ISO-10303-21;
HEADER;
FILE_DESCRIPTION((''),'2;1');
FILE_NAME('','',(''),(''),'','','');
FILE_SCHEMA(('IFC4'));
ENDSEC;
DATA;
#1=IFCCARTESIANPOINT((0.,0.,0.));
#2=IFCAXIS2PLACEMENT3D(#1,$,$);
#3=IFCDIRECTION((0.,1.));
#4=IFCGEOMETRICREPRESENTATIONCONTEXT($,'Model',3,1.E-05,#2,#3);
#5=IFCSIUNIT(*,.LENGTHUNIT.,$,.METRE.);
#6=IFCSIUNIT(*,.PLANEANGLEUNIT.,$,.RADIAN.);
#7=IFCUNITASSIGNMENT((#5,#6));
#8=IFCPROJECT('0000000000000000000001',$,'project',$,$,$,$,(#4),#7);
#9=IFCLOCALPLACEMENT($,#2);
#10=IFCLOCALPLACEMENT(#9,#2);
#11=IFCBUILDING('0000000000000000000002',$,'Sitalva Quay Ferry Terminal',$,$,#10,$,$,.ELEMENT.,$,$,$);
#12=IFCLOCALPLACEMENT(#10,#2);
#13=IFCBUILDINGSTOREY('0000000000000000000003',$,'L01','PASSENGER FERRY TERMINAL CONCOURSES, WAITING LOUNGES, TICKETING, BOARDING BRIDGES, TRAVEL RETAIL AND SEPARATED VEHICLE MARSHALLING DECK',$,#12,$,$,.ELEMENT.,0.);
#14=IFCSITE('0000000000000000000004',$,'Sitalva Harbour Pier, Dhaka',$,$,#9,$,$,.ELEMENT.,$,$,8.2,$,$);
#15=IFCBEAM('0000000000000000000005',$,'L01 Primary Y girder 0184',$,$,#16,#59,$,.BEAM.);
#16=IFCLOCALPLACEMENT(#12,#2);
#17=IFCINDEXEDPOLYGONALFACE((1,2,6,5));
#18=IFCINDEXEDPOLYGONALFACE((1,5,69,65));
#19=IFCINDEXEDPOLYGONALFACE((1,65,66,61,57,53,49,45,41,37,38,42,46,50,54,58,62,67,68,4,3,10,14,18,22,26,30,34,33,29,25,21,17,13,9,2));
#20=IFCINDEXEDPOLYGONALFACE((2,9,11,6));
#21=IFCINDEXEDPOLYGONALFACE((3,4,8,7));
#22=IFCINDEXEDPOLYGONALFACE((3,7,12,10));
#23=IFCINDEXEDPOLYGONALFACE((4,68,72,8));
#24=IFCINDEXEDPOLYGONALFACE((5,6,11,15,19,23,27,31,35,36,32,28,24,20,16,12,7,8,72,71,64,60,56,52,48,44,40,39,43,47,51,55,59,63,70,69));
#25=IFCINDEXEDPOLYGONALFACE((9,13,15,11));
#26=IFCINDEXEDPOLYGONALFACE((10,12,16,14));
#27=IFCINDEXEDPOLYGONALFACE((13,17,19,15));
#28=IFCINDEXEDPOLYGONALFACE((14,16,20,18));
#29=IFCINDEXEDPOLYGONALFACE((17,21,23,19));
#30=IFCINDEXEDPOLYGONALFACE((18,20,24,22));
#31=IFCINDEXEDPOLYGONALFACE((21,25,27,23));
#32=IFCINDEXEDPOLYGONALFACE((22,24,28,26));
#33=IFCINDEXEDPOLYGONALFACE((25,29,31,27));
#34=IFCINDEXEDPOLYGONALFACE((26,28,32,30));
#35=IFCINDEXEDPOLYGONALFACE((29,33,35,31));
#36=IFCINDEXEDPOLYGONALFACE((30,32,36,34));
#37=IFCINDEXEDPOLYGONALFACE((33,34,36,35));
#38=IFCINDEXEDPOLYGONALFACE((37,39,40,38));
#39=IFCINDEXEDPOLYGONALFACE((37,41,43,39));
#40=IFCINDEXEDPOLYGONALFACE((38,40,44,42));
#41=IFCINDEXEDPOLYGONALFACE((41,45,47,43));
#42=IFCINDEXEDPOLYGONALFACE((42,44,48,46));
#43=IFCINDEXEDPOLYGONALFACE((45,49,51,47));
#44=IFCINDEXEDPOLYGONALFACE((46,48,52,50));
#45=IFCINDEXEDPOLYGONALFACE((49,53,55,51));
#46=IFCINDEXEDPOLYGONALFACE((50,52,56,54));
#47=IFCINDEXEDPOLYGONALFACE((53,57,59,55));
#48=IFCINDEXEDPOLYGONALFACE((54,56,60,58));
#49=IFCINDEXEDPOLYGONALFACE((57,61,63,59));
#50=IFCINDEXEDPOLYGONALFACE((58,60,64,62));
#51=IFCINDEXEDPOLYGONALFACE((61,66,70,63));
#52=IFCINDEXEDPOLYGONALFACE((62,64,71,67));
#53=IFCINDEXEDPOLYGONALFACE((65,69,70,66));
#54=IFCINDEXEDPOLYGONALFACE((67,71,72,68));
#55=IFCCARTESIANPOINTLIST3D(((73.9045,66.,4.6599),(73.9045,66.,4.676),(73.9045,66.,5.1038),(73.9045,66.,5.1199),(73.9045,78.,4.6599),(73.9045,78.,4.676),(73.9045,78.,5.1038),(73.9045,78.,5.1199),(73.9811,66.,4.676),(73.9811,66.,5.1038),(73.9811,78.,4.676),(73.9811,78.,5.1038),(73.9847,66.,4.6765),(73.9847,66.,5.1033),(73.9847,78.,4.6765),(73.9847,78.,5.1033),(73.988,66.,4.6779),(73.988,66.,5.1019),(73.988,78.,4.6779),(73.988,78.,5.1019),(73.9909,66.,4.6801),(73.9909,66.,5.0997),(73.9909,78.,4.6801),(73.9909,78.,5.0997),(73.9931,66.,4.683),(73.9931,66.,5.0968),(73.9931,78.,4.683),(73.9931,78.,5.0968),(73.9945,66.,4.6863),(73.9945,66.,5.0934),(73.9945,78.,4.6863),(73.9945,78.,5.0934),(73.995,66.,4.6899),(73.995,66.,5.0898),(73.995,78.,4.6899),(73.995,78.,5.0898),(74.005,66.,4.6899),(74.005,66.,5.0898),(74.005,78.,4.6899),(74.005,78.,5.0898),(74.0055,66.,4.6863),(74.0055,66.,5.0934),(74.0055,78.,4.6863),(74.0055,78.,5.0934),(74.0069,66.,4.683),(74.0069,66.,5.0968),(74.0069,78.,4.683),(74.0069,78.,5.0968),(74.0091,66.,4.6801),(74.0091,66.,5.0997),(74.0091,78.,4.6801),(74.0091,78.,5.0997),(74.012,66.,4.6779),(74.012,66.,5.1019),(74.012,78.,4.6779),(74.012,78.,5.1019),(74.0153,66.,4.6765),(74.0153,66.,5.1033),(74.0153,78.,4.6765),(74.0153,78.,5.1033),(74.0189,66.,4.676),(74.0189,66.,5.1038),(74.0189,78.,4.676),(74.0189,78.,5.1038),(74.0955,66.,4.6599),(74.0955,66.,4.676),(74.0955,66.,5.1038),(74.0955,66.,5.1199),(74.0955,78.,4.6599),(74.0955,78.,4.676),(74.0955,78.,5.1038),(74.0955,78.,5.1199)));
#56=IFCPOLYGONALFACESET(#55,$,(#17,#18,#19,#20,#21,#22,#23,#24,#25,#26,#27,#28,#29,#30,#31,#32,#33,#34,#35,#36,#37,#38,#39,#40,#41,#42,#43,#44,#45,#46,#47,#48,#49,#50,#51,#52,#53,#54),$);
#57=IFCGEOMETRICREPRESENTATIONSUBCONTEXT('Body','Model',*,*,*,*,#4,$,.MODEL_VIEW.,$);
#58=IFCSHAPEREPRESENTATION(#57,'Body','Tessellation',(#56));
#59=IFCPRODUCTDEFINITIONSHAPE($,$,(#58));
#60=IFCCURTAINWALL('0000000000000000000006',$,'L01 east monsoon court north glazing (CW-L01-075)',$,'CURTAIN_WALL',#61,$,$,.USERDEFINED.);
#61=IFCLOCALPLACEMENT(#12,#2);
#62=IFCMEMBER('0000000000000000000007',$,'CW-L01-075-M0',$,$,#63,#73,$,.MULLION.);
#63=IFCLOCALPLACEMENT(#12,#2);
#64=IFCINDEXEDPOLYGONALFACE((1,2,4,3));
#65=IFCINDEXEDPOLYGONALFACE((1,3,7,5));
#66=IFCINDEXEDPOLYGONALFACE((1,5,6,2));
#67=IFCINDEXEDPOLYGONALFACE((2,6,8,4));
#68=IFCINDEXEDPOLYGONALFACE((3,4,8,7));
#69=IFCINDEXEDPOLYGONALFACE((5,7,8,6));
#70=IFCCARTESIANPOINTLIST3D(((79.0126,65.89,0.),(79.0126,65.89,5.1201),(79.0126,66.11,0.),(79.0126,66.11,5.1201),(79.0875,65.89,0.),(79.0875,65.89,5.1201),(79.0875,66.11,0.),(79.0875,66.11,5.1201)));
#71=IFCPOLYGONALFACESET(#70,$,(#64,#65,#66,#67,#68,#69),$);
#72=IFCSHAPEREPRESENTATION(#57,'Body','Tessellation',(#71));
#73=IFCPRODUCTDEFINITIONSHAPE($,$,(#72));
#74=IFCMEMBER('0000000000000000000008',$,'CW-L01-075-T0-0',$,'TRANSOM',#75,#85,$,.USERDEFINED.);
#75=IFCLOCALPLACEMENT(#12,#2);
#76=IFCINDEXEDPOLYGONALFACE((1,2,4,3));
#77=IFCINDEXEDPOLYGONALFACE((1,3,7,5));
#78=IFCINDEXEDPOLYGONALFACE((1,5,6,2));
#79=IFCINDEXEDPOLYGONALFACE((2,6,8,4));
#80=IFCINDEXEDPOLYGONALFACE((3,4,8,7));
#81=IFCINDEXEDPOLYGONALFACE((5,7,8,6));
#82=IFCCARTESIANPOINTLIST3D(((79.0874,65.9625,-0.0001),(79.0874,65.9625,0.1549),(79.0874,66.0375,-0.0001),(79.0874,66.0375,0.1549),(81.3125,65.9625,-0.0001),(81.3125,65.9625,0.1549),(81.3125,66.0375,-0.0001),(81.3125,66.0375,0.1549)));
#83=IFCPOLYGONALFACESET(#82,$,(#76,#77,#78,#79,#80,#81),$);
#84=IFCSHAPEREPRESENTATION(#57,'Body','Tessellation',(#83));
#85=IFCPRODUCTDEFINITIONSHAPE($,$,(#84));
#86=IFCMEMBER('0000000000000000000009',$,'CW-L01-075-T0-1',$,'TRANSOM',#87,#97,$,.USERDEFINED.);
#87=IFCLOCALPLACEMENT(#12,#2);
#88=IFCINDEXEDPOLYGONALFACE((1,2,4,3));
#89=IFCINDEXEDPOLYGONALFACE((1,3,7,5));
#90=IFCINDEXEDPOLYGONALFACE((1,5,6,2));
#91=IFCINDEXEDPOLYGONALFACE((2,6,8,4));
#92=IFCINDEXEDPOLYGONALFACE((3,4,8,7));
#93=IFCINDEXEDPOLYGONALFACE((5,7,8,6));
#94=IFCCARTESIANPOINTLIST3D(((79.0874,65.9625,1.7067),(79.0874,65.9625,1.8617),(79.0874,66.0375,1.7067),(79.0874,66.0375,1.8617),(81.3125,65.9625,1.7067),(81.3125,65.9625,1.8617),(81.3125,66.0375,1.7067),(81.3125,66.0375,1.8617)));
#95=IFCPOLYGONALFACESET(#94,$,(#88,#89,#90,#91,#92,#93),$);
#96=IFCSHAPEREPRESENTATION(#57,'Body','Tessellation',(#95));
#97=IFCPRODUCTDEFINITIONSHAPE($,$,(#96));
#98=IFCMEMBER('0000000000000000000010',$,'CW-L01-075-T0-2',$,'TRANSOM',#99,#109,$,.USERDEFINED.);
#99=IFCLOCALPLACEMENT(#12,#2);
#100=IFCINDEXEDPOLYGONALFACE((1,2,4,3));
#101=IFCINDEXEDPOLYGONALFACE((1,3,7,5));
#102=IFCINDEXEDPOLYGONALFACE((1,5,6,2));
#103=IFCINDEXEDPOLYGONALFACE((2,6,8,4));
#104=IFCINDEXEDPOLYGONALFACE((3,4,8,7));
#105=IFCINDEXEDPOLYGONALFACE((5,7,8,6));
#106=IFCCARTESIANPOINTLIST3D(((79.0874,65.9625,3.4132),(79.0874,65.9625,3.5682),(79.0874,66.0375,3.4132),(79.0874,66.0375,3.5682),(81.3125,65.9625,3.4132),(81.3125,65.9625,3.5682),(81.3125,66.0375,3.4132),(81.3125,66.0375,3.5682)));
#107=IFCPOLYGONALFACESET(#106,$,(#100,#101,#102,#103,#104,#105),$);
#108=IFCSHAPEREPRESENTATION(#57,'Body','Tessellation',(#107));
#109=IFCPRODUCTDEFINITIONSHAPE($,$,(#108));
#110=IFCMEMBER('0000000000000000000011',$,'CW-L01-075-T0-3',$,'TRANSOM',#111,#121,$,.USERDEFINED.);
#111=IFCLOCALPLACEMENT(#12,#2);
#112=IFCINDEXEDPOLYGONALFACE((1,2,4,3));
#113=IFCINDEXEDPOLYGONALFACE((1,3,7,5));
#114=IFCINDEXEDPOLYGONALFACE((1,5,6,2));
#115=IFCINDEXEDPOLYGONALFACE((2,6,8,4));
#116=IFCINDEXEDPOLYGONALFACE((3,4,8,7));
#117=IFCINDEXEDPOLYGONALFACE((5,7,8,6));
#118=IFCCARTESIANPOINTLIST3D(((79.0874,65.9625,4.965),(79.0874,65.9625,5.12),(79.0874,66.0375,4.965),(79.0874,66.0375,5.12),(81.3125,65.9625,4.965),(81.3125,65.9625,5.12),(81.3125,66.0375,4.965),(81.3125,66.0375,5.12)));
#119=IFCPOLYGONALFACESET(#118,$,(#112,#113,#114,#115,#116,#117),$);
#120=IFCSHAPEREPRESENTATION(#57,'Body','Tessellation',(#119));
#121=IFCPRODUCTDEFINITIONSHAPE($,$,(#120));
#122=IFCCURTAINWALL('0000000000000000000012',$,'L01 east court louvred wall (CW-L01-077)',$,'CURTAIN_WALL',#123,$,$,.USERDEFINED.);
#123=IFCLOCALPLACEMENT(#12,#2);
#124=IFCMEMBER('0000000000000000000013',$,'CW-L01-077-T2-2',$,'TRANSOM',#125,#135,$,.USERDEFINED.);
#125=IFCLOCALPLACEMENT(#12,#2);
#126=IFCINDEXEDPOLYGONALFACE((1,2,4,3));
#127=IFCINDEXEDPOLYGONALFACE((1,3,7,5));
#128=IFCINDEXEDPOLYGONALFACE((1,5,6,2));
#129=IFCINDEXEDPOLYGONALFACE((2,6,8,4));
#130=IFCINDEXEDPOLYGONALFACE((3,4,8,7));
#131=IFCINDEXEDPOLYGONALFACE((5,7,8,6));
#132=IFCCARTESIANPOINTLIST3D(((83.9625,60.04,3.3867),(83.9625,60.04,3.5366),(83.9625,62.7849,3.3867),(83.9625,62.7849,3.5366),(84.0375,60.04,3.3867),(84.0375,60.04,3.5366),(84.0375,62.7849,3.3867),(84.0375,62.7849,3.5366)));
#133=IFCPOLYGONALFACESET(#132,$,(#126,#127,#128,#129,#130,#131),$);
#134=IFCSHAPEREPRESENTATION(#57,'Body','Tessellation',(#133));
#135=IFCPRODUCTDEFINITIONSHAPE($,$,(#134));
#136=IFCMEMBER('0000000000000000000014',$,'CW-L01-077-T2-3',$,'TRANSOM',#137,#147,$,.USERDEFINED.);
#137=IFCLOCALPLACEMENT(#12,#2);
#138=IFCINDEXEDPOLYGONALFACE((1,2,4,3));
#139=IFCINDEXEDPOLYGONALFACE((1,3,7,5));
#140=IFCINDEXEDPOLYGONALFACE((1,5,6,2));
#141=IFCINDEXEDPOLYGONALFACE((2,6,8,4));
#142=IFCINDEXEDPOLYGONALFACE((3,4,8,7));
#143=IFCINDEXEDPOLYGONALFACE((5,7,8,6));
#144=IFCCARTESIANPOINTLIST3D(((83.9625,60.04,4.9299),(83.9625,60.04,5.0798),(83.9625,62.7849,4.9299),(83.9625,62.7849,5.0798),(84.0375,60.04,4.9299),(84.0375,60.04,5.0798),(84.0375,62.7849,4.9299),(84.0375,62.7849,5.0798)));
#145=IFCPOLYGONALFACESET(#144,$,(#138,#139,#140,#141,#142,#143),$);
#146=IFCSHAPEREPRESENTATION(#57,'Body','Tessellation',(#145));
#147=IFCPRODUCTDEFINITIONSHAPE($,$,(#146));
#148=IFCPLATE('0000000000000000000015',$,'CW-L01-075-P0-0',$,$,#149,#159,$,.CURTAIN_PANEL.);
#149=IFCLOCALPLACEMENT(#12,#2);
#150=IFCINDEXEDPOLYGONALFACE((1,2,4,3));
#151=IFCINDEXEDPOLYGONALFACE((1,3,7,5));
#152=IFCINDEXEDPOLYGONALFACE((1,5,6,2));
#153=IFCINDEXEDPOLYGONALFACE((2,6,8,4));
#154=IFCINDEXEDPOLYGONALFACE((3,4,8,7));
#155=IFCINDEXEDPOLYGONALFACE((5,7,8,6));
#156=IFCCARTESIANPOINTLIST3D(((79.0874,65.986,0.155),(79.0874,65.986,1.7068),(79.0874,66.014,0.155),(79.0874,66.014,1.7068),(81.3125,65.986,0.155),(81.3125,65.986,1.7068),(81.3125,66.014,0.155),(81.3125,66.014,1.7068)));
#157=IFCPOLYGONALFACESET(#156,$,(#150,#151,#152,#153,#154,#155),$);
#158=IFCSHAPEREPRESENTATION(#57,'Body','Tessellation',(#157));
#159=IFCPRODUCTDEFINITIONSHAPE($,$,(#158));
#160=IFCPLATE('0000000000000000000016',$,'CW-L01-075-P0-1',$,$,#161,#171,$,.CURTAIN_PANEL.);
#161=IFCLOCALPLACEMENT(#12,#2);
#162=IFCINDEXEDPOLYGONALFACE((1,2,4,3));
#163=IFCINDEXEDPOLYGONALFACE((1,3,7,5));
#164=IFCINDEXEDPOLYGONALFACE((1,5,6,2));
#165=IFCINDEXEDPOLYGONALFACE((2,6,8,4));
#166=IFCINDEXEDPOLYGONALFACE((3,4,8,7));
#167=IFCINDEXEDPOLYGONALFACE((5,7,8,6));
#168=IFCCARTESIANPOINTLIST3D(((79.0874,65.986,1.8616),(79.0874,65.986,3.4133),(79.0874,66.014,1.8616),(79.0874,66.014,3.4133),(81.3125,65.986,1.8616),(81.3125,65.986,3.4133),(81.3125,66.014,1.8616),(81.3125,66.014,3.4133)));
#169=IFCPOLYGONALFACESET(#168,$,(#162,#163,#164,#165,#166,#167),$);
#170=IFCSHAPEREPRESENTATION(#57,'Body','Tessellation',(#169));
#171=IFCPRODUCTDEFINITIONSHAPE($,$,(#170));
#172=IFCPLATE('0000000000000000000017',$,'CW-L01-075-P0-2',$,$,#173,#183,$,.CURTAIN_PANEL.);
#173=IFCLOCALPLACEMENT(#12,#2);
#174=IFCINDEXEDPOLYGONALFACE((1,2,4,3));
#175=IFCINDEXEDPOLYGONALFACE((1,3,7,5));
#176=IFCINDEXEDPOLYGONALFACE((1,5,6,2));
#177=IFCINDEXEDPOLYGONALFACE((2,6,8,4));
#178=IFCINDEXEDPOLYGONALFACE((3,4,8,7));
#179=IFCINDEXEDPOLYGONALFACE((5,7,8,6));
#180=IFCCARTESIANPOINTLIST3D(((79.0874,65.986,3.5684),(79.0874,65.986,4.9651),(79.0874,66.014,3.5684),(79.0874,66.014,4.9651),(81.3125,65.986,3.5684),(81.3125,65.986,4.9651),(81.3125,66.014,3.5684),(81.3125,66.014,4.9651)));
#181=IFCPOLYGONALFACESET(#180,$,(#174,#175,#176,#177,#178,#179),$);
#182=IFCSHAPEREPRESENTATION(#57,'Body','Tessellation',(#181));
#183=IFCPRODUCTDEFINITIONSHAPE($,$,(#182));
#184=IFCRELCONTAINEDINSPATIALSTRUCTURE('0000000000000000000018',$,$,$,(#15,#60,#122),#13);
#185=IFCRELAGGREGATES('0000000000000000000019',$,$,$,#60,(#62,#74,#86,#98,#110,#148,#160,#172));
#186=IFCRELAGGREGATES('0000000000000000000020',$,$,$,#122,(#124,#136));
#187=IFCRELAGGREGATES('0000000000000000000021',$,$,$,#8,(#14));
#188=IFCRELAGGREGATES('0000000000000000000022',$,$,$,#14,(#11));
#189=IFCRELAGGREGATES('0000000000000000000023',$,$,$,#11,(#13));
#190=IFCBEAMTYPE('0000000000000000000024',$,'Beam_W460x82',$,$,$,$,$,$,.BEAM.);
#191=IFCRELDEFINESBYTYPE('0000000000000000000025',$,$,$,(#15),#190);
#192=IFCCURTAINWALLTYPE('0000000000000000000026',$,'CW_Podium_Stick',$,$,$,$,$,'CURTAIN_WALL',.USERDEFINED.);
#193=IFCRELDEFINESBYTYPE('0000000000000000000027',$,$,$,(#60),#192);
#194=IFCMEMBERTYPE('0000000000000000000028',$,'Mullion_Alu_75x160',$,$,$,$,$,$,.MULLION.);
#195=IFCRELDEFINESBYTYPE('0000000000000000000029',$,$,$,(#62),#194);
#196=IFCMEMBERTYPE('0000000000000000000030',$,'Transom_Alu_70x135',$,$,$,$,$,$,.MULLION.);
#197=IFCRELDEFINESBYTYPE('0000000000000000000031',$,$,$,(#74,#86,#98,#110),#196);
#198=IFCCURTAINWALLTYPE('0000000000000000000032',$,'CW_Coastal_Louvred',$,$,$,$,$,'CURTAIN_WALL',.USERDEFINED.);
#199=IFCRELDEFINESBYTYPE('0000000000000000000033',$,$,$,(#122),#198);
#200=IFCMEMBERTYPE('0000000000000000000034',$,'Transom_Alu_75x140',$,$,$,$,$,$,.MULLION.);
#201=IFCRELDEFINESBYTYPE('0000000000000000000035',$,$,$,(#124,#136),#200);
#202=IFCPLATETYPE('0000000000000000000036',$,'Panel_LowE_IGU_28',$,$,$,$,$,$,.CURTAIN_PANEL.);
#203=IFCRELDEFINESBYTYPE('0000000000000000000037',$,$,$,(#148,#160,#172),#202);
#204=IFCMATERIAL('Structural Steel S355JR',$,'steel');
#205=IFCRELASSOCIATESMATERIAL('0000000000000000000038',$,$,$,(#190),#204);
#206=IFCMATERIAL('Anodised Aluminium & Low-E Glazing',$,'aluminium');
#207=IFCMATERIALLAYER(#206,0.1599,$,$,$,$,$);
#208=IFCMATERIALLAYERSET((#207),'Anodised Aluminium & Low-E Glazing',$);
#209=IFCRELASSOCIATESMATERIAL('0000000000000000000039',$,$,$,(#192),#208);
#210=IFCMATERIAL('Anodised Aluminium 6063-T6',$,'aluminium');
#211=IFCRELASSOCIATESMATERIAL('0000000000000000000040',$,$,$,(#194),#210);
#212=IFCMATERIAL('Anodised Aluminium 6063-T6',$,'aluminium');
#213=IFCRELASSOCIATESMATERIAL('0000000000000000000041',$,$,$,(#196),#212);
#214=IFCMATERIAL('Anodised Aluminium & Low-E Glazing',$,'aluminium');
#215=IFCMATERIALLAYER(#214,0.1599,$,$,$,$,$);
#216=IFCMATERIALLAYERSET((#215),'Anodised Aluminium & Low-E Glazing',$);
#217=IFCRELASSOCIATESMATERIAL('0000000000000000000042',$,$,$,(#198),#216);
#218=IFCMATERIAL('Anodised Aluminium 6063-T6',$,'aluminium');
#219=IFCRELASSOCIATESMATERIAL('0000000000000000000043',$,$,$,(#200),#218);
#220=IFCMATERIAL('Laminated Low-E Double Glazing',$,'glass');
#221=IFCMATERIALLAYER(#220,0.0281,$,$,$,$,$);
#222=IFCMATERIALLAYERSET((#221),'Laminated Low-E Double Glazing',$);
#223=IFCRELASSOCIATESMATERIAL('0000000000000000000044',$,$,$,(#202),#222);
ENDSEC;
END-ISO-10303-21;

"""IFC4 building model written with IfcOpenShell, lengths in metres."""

from ifc_helpers import new_model, si_unit, direction, frame, origin, origin_2d, place, context, subcontext, project, spatial, rectangle, i_section, extrude, material, layer, layer_set, material_profile, profile_set, type_object, element, aggregate, save


model = new_model("IFC4")

# Units and contexts
model_context = context("Model", 3, precision=1e-05, world=origin(), true_north=direction((0.0, 1.0)))
body_context = subcontext(model_context, "Body", "Model", "MODEL_VIEW")
ifc_project = project(units=[si_unit("LENGTHUNIT", "METRE"), si_unit("PLANEANGLEUNIT", "RADIAN")], contexts=[model_context])

# Site, building, storey
site_placement = place(None, origin())
site = spatial("IfcSite", under=ifc_project, at=site_placement, Name="Sitalva Harbour Pier, Dhaka", CompositionType="ELEMENT", RefElevation=8.2)
building_placement = place(site_placement, origin())
building = spatial("IfcBuilding", under=site, at=building_placement, Name="Sitalva Quay Ferry Terminal", CompositionType="ELEMENT")
storey_placement = place(building_placement, origin())
storey = spatial("IfcBuildingStorey", under=building, at=storey_placement, Name="L01", Description="PASSENGER FERRY TERMINAL CONCOURSES, WAITING LOUNGES, TICKETING, BOARDING BRIDGES, TRAVEL RETAIL AND SEPARATED VEHICLE MARSHALLING DECK", CompositionType="ELEMENT", Elevation=0.0)

# Beam
ifc_material_1 = material(Name="Structural Steel S355JR", Category="steel")
ifc_material_profile_1 = material_profile(ifc_material_1, i_section(OverallWidth=0.1909, OverallDepth=0.46, WebThickness=0.01, FlangeThickness=0.0161, FilletRadius=0.0139, at=origin_2d()), Name="W460x82")
ifc_profile_set_1 = profile_set([ifc_material_profile_1], Name="Structural Steel S355JR")
beam_type = type_object("IfcBeamType", Name="Beam_W460x82", PredefinedType="BEAM", material=ifc_profile_set_1)
beam_1_placement = place(storey_placement, frame((74.0, 66.0, 4.8899), z_axis=(0.0, 1.0, 0.0), x_axis=(-1.0, 0.0, 0.0)))
element("IfcBeam", 1, at=beam_1_placement, inside=storey, type_object=beam_type, Name="L01 Primary Y girder 0184", PredefinedType="BEAM", context=body_context, shape_type="SweptSolid", body=[
    extrude(i_section(OverallWidth=0.1909, OverallDepth=0.46, WebThickness=0.01, FlangeThickness=0.0161, FilletRadius=0.0139, at=origin_2d()), origin(), (0.0, 0.0, 1.0), 12.0),
])

# Curtain walls, members
ifc_material_2 = material(Name="Anodised Aluminium & Low-E Glazing", Category="aluminium")
ifc_layer_1 = layer(ifc_material_2, 0.1599)
ifc_layer_set_1 = layer_set([ifc_layer_1], Name="Anodised Aluminium & Low-E Glazing")
curtain_wall_type_1 = type_object("IfcCurtainWallType", Name="CW_Podium_Stick", ElementType="CURTAIN_WALL", PredefinedType="USERDEFINED", material=ifc_layer_set_1)
curtain_wall_1_placement = place(storey_placement, origin())
curtain_wall_1 = element("IfcCurtainWall", 2, at=curtain_wall_1_placement, inside=storey, type_object=curtain_wall_type_1, Name="L01 east monsoon court north glazing (CW-L01-075)", ObjectType="CURTAIN_WALL", PredefinedType="USERDEFINED")
ifc_material_3 = material(Name="Anodised Aluminium 6063-T6", Category="aluminium")
ifc_material_profile_2 = material_profile(ifc_material_3, rectangle(XDim=0.075, YDim=0.22, at=origin_2d()), Name="ALU75x220")
ifc_profile_set_2 = profile_set([ifc_material_profile_2], Name="Anodised Aluminium 6063-T6")
member_type_1 = type_object("IfcMemberType", Name="Mullion_Alu_75x160", PredefinedType="MULLION", material=ifc_profile_set_2)
member_1_placement = place(storey_placement, frame((79.05, 66.0, 0.0), z_axis=(0.0, 0.0, 1.0), x_axis=(1.0, 0.0, 0.0)))
member_1 = element("IfcMember", 3, at=member_1_placement, type_object=member_type_1, Name="CW-L01-075-M0", PredefinedType="MULLION", context=body_context, shape_type="SweptSolid", body=[
    extrude(rectangle(XDim=0.075, YDim=0.22, at=origin_2d()), origin(), (0.0, 0.0, 1.0), 5.1201),
])
ifc_material_4 = material(Name="Anodised Aluminium 6063-T6", Category="aluminium")
ifc_material_profile_3 = material_profile(ifc_material_4, rectangle(XDim=0.075, YDim=0.155, at=origin_2d()), Name="ALU75x155")
ifc_profile_set_3 = profile_set([ifc_material_profile_3], Name="Anodised Aluminium 6063-T6")
member_type_2 = type_object("IfcMemberType", Name="Transom_Alu_70x135", PredefinedType="MULLION", material=ifc_profile_set_3)
member_2_placement = place(storey_placement, frame((79.0874, 66.0, 0.0774), z_axis=(1.0, 0.0, 0.0), x_axis=(0.0, 1.0, 0.0)))
member_2 = element("IfcMember", 4, at=member_2_placement, type_object=member_type_2, Name="CW-L01-075-T0-0", ObjectType="TRANSOM", PredefinedType="USERDEFINED", context=body_context, shape_type="SweptSolid", body=[
    extrude(rectangle(XDim=0.075, YDim=0.155, at=origin_2d()), origin(), (0.0, 0.0, 1.0), 2.2251),
])
member_3_placement = place(storey_placement, frame((79.0874, 66.0, 1.7842), z_axis=(1.0, 0.0, 0.0), x_axis=(0.0, 1.0, 0.0)))
member_3 = element("IfcMember", 5, at=member_3_placement, type_object=member_type_2, Name="CW-L01-075-T0-1", ObjectType="TRANSOM", PredefinedType="USERDEFINED", context=body_context, shape_type="SweptSolid", body=[
    extrude(rectangle(XDim=0.075, YDim=0.155, at=origin_2d()), origin(), (0.0, 0.0, 1.0), 2.2251),
])
member_4_placement = place(storey_placement, frame((79.0874, 66.0, 3.4907), z_axis=(1.0, 0.0, 0.0), x_axis=(0.0, 1.0, 0.0)))
member_4 = element("IfcMember", 6, at=member_4_placement, type_object=member_type_2, Name="CW-L01-075-T0-2", ObjectType="TRANSOM", PredefinedType="USERDEFINED", context=body_context, shape_type="SweptSolid", body=[
    extrude(rectangle(XDim=0.075, YDim=0.155, at=origin_2d()), origin(), (0.0, 0.0, 1.0), 2.2251),
])
member_5_placement = place(storey_placement, frame((79.0874, 66.0, 5.0425), z_axis=(1.0, 0.0, 0.0), x_axis=(0.0, 1.0, 0.0)))
member_5 = element("IfcMember", 7, at=member_5_placement, type_object=member_type_2, Name="CW-L01-075-T0-3", ObjectType="TRANSOM", PredefinedType="USERDEFINED", context=body_context, shape_type="SweptSolid", body=[
    extrude(rectangle(XDim=0.075, YDim=0.155, at=origin_2d()), origin(), (0.0, 0.0, 1.0), 2.2251),
])
ifc_material_5 = material(Name="Anodised Aluminium & Low-E Glazing", Category="aluminium")
ifc_layer_2 = layer(ifc_material_5, 0.1599)
ifc_layer_set_2 = layer_set([ifc_layer_2], Name="Anodised Aluminium & Low-E Glazing")
curtain_wall_type_2 = type_object("IfcCurtainWallType", Name="CW_Coastal_Louvred", ElementType="CURTAIN_WALL", PredefinedType="USERDEFINED", material=ifc_layer_set_2)
curtain_wall_2_placement = place(storey_placement, origin())
curtain_wall_2 = element("IfcCurtainWall", 8, at=curtain_wall_2_placement, inside=storey, type_object=curtain_wall_type_2, Name="L01 east court louvred wall (CW-L01-077)", ObjectType="CURTAIN_WALL", PredefinedType="USERDEFINED")
ifc_material_6 = material(Name="Anodised Aluminium 6063-T6", Category="aluminium")
ifc_material_profile_4 = material_profile(ifc_material_6, rectangle(XDim=0.075, YDim=0.1499, at=origin_2d()), Name="ALU75x150")
ifc_profile_set_4 = profile_set([ifc_material_profile_4], Name="Anodised Aluminium 6063-T6")
member_type_3 = type_object("IfcMemberType", Name="Transom_Alu_75x140", PredefinedType="MULLION", material=ifc_profile_set_4)
member_6_placement = place(storey_placement, frame((84.0, 60.04, 3.4617), z_axis=(0.0, 1.0, 0.0), x_axis=(-1.0, 0.0, 0.0)))
member_6 = element("IfcMember", 9, at=member_6_placement, type_object=member_type_3, Name="CW-L01-077-T2-2", ObjectType="TRANSOM", PredefinedType="USERDEFINED", context=body_context, shape_type="SweptSolid", body=[
    extrude(rectangle(XDim=0.075, YDim=0.1499, at=origin_2d()), origin(), (0.0, 0.0, 1.0), 2.7449),
])
member_7_placement = place(storey_placement, frame((84.0, 60.04, 5.0049), z_axis=(0.0, 1.0, 0.0), x_axis=(-1.0, 0.0, 0.0)))
member_7 = element("IfcMember", 10, at=member_7_placement, type_object=member_type_3, Name="CW-L01-077-T2-3", ObjectType="TRANSOM", PredefinedType="USERDEFINED", context=body_context, shape_type="SweptSolid", body=[
    extrude(rectangle(XDim=0.075, YDim=0.1499, at=origin_2d()), origin(), (0.0, 0.0, 1.0), 2.7449),
])

# Plates
ifc_material_7 = material(Name="Laminated Low-E Double Glazing", Category="glass")
ifc_layer_3 = layer(ifc_material_7, 0.0281)
ifc_layer_set_3 = layer_set([ifc_layer_3], Name="Laminated Low-E Double Glazing")
plate_type_1 = type_object("IfcPlateType", Name="Panel_LowE_IGU_28", PredefinedType="CURTAIN_PANEL", material=ifc_layer_set_3)
plate_1_placement = place(storey_placement, frame((80.2, 66.0, 0.155), z_axis=(0.0, 0.0, 1.0), x_axis=(1.0, 0.0, 0.0)))
plate_1 = element("IfcPlate", 11, at=plate_1_placement, type_object=plate_type_1, Name="CW-L01-075-P0-0", PredefinedType="CURTAIN_PANEL", context=body_context, shape_type="SweptSolid", body=[
    extrude(rectangle(XDim=2.2251, YDim=0.0281, at=origin_2d()), origin(), (0.0, 0.0, 1.0), 1.5518),
])
plate_2_placement = place(storey_placement, frame((80.2, 66.0, 1.8616), z_axis=(0.0, 0.0, 1.0), x_axis=(1.0, 0.0, 0.0)))
plate_2 = element("IfcPlate", 12, at=plate_2_placement, type_object=plate_type_1, Name="CW-L01-075-P0-1", PredefinedType="CURTAIN_PANEL", context=body_context, shape_type="SweptSolid", body=[
    extrude(rectangle(XDim=2.2251, YDim=0.0281, at=origin_2d()), origin(), (0.0, 0.0, 1.0), 1.5518),
])
plate_3_placement = place(storey_placement, frame((80.2, 66.0, 3.5684), z_axis=(0.0, 0.0, 1.0), x_axis=(1.0, 0.0, 0.0)))
plate_3 = element("IfcPlate", 13, at=plate_3_placement, type_object=plate_type_1, Name="CW-L01-075-P0-2", PredefinedType="CURTAIN_PANEL", context=body_context, shape_type="SweptSolid", body=[
    extrude(rectangle(XDim=2.2251, YDim=0.0281, at=origin_2d()), origin(), (0.0, 0.0, 1.0), 1.3967),
])
aggregate(curtain_wall_1, [member_1, member_2, member_3, member_4, member_5, plate_1, plate_2, plate_3])
aggregate(curtain_wall_2, [member_6, member_7])

save(model, "model.ifc")
